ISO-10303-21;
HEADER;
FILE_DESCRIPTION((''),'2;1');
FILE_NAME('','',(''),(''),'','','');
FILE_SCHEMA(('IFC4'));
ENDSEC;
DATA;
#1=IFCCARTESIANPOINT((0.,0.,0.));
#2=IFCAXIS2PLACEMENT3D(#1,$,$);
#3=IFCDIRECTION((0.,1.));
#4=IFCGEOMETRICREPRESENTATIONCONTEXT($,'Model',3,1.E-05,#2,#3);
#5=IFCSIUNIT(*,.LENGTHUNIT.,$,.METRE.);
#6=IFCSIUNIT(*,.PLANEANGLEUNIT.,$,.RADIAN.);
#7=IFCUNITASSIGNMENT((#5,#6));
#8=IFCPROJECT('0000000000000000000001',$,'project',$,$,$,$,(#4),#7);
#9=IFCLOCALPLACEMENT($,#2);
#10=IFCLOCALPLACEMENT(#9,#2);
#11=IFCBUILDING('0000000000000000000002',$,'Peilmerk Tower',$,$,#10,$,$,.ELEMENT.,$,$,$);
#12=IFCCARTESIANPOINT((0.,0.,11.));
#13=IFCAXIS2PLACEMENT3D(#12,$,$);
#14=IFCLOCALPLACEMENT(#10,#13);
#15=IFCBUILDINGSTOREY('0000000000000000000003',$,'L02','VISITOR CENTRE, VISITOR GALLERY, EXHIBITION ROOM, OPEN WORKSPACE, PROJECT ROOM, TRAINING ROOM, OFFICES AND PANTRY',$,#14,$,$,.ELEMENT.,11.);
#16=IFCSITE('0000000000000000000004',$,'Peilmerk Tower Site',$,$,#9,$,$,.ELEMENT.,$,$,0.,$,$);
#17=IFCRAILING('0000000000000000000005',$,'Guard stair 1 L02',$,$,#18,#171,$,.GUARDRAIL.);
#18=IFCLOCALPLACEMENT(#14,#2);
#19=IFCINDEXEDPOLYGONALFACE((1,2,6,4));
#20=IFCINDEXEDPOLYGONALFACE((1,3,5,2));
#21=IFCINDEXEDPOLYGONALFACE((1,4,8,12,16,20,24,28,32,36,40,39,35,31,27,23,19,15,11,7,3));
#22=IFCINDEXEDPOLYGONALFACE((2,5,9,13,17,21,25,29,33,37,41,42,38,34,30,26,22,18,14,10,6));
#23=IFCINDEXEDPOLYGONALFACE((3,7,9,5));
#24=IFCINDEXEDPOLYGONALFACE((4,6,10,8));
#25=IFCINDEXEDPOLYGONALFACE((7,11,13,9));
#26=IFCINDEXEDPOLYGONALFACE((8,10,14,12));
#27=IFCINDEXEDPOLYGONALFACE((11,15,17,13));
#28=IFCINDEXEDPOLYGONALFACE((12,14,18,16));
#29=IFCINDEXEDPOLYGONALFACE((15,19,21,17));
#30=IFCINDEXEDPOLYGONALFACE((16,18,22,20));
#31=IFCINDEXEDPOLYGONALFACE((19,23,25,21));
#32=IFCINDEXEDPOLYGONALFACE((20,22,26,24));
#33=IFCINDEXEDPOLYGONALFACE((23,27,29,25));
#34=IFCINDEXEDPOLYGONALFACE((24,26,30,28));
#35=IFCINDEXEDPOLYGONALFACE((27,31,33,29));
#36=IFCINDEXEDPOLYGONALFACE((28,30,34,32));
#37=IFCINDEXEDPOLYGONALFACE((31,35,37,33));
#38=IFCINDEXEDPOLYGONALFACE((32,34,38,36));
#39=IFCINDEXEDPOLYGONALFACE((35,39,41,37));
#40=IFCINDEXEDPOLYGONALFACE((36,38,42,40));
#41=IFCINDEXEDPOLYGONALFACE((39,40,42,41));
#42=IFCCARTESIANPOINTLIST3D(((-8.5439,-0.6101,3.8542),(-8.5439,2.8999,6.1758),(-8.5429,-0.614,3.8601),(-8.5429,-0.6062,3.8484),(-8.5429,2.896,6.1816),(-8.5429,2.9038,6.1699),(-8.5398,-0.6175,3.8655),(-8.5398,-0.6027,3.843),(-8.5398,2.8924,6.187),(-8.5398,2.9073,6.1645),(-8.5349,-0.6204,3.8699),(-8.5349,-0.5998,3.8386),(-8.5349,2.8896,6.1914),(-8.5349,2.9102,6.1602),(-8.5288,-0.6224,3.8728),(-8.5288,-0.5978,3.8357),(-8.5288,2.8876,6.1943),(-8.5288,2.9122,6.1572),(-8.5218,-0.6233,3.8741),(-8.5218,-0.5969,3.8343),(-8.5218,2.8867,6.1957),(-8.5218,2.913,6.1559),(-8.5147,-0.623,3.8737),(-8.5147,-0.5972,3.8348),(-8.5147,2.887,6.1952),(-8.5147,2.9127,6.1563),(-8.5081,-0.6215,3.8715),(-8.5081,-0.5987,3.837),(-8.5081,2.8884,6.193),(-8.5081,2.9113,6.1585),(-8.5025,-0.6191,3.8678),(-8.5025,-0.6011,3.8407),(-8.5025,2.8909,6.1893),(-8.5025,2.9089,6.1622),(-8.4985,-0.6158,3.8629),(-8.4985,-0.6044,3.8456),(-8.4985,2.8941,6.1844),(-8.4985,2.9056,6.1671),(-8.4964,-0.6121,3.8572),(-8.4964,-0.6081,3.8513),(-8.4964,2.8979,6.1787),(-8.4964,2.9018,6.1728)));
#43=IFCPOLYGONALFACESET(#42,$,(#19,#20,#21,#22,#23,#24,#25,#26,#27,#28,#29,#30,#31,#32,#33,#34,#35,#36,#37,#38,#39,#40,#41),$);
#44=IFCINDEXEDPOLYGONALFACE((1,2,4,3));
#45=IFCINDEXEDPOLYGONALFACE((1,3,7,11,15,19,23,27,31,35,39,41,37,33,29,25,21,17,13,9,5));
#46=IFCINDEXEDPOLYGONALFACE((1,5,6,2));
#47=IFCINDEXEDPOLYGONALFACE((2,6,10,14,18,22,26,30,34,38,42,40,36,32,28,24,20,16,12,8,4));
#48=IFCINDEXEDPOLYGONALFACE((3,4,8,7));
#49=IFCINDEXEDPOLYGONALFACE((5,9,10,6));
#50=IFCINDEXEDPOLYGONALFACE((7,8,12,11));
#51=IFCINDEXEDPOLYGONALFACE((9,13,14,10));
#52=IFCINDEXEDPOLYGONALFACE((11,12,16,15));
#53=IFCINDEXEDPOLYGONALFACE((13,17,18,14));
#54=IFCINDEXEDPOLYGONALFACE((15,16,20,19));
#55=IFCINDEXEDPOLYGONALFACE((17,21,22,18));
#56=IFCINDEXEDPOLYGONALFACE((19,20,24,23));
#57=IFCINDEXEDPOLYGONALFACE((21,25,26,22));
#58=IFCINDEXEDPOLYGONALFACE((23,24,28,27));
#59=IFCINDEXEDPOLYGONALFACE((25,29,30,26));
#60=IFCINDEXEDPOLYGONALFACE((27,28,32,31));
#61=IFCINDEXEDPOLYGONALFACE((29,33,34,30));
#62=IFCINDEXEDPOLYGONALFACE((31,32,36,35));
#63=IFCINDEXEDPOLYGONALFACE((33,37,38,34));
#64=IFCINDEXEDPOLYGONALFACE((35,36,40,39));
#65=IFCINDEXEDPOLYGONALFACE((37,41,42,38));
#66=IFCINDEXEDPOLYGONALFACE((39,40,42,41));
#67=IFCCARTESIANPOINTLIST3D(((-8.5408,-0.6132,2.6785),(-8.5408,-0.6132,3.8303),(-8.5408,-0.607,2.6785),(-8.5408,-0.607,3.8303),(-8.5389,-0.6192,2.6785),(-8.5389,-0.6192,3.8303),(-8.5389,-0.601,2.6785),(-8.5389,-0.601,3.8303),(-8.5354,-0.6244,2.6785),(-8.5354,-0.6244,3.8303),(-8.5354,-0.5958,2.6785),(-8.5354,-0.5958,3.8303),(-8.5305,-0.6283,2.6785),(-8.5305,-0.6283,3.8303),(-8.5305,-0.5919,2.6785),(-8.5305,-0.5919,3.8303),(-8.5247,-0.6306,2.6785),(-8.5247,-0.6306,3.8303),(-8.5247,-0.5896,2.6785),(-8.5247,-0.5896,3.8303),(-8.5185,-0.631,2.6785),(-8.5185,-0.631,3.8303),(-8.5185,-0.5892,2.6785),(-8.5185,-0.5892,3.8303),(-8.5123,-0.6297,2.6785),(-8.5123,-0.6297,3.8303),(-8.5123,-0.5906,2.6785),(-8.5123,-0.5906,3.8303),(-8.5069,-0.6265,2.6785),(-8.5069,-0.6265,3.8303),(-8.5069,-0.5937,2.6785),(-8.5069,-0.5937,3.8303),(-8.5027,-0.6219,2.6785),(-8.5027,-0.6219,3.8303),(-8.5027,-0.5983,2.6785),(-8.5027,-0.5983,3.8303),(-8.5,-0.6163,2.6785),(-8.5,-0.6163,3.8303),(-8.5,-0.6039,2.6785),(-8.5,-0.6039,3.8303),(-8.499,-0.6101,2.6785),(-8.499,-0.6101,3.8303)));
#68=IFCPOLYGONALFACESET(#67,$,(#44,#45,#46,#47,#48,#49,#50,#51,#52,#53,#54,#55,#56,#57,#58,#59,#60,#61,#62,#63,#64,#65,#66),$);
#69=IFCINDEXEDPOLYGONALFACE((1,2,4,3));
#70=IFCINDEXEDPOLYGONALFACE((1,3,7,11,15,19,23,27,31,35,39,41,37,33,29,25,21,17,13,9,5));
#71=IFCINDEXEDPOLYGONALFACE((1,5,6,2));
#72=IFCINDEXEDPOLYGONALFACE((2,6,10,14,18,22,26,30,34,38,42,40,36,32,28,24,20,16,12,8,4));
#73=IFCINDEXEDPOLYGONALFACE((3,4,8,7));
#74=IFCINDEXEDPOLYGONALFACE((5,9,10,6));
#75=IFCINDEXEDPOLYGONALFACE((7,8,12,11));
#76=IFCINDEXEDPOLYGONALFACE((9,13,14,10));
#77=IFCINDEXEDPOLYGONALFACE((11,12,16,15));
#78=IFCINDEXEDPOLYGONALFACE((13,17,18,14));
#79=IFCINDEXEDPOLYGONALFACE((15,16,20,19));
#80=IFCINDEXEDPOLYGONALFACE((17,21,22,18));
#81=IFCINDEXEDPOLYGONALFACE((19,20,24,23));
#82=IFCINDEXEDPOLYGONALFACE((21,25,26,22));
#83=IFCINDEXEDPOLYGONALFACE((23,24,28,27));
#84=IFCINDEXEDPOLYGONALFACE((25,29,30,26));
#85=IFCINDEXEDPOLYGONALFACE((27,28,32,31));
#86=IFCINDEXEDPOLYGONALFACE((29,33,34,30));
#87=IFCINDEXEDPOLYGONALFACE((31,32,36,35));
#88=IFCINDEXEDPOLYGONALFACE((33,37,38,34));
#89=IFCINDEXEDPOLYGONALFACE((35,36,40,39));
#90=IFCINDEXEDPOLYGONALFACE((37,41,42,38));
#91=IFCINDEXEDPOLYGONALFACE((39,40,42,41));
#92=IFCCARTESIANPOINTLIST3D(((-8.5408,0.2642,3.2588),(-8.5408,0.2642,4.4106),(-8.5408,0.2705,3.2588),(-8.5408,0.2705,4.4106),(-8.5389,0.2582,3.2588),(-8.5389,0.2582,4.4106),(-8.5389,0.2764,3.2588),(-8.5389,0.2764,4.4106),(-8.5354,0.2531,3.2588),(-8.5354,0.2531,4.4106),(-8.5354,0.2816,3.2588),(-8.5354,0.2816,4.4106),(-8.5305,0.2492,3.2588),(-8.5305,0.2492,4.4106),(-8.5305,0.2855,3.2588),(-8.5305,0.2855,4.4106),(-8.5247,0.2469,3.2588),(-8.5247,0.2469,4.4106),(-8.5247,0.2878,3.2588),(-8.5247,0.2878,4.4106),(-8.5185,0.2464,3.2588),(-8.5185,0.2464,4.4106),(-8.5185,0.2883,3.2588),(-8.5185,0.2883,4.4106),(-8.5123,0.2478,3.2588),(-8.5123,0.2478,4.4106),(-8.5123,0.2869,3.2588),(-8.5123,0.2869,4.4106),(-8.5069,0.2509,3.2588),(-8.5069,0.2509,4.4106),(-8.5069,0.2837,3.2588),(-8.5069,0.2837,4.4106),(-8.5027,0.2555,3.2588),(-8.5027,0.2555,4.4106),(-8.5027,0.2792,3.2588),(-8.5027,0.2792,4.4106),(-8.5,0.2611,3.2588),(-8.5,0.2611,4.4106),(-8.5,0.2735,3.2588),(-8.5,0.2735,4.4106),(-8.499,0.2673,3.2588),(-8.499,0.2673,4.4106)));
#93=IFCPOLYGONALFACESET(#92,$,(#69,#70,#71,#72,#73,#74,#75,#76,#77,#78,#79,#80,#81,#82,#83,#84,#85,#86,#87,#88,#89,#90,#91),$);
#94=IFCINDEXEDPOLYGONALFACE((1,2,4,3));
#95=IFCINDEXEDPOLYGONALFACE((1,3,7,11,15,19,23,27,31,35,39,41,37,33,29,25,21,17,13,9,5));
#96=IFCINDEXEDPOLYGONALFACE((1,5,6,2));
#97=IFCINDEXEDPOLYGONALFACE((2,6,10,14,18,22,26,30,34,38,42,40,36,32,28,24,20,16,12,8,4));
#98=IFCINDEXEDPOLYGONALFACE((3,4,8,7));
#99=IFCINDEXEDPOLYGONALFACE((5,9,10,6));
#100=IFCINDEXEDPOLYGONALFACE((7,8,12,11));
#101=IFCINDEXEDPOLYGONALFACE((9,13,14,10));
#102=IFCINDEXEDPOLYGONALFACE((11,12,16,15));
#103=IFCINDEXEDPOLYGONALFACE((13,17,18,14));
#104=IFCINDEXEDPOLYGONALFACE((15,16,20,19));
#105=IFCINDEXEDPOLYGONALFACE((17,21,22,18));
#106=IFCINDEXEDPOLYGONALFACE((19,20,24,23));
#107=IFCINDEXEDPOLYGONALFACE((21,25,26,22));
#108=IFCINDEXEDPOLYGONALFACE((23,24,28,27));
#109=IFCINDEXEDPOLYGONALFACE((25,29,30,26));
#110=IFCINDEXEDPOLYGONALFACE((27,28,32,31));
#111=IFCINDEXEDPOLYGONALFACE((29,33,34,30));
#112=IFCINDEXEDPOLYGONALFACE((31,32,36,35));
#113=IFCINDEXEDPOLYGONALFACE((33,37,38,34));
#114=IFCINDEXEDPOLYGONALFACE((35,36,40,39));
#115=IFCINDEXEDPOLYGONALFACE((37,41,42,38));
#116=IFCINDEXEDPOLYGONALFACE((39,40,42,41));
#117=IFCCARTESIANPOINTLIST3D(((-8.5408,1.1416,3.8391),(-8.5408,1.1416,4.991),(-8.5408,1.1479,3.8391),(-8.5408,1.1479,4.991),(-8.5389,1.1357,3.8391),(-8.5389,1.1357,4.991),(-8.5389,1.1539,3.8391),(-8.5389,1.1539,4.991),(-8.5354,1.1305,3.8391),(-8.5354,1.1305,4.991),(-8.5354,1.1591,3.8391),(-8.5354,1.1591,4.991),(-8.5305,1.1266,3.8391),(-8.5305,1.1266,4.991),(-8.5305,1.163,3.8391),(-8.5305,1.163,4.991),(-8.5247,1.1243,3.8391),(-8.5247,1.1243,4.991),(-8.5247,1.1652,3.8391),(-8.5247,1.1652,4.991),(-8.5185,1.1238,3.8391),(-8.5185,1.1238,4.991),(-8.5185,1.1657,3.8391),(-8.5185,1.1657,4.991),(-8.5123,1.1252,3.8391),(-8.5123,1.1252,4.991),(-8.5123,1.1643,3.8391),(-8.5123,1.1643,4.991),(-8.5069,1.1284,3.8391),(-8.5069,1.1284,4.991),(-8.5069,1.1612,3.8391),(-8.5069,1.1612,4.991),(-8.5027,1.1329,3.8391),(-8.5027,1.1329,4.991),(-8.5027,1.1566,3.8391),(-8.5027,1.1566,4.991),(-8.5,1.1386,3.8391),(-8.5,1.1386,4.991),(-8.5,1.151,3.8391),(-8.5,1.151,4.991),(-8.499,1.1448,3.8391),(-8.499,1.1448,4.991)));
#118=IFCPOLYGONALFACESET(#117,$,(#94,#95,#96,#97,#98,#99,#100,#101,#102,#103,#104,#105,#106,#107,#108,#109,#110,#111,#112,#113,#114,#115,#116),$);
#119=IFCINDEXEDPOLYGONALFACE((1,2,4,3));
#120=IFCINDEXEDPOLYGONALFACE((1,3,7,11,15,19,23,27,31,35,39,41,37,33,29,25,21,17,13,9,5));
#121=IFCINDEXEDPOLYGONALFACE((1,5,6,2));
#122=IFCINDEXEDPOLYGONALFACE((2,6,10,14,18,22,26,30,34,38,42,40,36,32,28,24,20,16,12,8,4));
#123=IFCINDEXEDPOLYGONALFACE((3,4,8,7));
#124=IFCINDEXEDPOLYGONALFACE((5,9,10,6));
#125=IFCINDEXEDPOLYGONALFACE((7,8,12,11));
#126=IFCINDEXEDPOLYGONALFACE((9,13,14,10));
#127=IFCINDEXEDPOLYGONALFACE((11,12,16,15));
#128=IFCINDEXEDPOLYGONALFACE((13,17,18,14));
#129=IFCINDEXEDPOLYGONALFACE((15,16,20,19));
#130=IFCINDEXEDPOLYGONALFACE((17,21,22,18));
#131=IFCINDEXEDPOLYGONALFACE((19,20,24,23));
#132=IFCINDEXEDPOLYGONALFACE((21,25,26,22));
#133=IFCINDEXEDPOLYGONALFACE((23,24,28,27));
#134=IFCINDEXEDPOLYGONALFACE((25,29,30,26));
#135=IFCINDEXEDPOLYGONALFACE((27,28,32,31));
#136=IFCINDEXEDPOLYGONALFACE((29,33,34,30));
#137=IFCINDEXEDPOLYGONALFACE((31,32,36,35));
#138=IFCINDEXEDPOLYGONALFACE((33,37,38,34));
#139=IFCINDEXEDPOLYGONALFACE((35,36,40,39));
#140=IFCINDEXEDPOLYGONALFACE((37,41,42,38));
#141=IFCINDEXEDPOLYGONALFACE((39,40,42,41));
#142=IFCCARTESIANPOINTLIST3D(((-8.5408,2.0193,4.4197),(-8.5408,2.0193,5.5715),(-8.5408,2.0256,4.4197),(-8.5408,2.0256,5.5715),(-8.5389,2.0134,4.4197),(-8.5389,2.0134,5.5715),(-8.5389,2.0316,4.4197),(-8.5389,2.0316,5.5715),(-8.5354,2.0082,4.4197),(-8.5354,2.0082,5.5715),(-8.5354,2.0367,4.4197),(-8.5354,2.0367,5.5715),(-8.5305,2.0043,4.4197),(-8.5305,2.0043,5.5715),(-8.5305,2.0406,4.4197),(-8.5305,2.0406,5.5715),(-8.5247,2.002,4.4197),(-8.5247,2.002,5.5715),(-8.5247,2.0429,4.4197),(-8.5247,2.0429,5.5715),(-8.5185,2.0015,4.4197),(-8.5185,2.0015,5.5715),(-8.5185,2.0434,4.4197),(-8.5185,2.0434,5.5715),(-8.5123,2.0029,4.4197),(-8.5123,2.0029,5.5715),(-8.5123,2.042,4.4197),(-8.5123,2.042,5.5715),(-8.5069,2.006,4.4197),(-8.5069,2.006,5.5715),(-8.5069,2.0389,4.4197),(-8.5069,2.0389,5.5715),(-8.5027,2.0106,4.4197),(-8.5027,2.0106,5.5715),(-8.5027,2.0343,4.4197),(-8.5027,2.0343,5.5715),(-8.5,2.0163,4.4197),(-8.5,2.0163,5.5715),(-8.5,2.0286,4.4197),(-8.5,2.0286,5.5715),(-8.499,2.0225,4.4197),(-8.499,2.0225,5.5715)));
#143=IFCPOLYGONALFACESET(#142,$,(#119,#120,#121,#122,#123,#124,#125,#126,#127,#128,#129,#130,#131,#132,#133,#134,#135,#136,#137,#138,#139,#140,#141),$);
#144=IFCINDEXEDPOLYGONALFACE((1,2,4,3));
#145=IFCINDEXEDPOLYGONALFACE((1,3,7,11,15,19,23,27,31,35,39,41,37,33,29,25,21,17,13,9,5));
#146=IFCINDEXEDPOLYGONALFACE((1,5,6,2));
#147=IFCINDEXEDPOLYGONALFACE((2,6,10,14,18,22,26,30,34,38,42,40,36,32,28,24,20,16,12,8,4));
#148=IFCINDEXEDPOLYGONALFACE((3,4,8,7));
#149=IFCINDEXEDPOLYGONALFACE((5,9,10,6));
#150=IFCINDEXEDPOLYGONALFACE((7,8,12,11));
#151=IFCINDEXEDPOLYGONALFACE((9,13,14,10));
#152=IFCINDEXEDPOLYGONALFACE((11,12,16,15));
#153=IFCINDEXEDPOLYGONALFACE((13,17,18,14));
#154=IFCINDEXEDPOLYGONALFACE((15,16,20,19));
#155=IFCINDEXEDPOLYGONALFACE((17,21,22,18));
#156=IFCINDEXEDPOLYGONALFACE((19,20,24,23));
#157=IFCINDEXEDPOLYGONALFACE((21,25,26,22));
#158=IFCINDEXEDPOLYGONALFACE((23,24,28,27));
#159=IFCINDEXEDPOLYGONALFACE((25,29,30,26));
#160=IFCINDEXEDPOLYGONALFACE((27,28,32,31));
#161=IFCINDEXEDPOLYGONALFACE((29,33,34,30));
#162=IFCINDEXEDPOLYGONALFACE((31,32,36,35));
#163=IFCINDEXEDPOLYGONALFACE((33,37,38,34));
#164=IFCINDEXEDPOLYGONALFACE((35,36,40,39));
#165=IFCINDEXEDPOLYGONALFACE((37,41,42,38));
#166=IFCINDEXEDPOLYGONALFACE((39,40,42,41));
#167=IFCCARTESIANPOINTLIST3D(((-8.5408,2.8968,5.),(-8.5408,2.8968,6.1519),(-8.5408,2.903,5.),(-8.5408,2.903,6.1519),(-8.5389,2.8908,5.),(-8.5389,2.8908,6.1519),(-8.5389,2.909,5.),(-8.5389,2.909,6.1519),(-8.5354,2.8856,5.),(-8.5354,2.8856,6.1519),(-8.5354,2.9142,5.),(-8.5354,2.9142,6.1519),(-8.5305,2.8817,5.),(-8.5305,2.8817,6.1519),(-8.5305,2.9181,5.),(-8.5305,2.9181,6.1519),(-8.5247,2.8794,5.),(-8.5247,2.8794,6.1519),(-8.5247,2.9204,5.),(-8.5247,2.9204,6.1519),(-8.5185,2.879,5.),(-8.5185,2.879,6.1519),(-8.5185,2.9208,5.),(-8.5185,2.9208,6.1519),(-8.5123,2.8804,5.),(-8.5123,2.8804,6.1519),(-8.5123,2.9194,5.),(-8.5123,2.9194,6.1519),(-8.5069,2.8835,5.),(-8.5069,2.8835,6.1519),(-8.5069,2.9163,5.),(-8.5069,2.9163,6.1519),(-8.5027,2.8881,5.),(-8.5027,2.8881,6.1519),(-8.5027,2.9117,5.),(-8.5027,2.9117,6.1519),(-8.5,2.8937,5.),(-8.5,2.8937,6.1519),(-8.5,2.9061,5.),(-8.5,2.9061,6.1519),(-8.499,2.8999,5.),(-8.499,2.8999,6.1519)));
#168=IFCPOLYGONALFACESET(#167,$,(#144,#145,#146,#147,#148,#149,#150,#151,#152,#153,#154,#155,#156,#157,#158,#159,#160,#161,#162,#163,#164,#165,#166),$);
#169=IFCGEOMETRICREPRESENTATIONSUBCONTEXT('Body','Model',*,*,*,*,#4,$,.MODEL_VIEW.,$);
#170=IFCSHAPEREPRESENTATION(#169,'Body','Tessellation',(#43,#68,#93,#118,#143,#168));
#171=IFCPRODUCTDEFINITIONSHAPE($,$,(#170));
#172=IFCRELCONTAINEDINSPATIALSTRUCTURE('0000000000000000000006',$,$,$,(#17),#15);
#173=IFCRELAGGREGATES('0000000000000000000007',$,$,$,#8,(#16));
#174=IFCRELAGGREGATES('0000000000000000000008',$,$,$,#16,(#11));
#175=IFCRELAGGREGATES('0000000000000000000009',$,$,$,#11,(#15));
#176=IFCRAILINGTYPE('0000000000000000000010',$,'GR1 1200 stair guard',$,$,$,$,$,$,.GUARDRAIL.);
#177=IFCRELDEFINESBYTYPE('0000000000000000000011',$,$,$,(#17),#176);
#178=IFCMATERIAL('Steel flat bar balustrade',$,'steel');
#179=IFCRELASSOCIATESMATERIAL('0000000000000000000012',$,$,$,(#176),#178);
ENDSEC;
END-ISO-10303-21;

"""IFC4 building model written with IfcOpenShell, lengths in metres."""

from ifc_helpers import new_model, si_unit, direction, frame, origin, origin_2d, place, context, subcontext, project, spatial, circle, extrude, material, type_object, element, save


model = new_model("IFC4")

# Units and contexts
model_context = context("Model", 3, precision=1e-05, world=origin(), true_north=direction((0.0, 1.0)))
body_context = subcontext(model_context, "Body", "Model", "MODEL_VIEW")
ifc_project = project(units=[si_unit("LENGTHUNIT", "METRE"), si_unit("PLANEANGLEUNIT", "RADIAN")], contexts=[model_context])

# Site, building, storey
site_placement = place(None, origin())
site = spatial("IfcSite", under=ifc_project, at=site_placement, Name="Peilmerk Tower Site", CompositionType="ELEMENT", RefElevation=0.0)
building_placement = place(site_placement, origin())
building = spatial("IfcBuilding", under=site, at=building_placement, Name="Peilmerk Tower", CompositionType="ELEMENT")
storey_placement = place(building_placement, frame((0.0, 0.0, 11.0)))
storey = spatial("IfcBuildingStorey", under=building, at=storey_placement, Name="L02", Description="VISITOR CENTRE, VISITOR GALLERY, EXHIBITION ROOM, OPEN WORKSPACE, PROJECT ROOM, TRAINING ROOM, OFFICES AND PANTRY", CompositionType="ELEMENT", Elevation=11.0)

# Railing
ifc_material_1 = material(Name="Steel flat bar balustrade", Category="steel")
railing_type = type_object("IfcRailingType", Name="GR1 1200 stair guard", PredefinedType="GUARDRAIL", material=ifc_material_1)
railing_placement = place(storey_placement, frame((-8.52, -0.6101, 2.6785)))
element("IfcRailing", 1, at=railing_placement, inside=storey, type_object=railing_type, Name="Guard stair 1 L02", PredefinedType="GUARDRAIL", context=body_context, shape_type="SweptSolid", body=[
    extrude(circle(Radius=0.0239, at=origin_2d()), frame((0.0, 0.0, 1.1758), z_axis=(0.0, 0.834071, 0.551657), x_axis=(-1.0, 0.0, 0.0)), (0.0, 0.0, 1.0), 4.2083),
    extrude(circle(Radius=0.021, at=origin_2d()), origin(), (0.0, 0.0, 1.0), 1.1519),
    extrude(circle(Radius=0.021, at=origin_2d()), frame((0.0, 0.8774, 0.5803)), (0.0, 0.0, 1.0), 1.1519),
    extrude(circle(Radius=0.021, at=origin_2d()), frame((0.0, 1.7549, 1.1606)), (0.0, 0.0, 1.0), 1.1519),
    extrude(circle(Radius=0.021, at=origin_2d()), frame((0.0, 2.6326, 1.7412)), (0.0, 0.0, 1.0), 1.1519),
    extrude(circle(Radius=0.021, at=origin_2d()), frame((0.0, 3.51, 2.3215)), (0.0, 0.0, 1.0), 1.1519),
])

save(model, "model.ifc")
